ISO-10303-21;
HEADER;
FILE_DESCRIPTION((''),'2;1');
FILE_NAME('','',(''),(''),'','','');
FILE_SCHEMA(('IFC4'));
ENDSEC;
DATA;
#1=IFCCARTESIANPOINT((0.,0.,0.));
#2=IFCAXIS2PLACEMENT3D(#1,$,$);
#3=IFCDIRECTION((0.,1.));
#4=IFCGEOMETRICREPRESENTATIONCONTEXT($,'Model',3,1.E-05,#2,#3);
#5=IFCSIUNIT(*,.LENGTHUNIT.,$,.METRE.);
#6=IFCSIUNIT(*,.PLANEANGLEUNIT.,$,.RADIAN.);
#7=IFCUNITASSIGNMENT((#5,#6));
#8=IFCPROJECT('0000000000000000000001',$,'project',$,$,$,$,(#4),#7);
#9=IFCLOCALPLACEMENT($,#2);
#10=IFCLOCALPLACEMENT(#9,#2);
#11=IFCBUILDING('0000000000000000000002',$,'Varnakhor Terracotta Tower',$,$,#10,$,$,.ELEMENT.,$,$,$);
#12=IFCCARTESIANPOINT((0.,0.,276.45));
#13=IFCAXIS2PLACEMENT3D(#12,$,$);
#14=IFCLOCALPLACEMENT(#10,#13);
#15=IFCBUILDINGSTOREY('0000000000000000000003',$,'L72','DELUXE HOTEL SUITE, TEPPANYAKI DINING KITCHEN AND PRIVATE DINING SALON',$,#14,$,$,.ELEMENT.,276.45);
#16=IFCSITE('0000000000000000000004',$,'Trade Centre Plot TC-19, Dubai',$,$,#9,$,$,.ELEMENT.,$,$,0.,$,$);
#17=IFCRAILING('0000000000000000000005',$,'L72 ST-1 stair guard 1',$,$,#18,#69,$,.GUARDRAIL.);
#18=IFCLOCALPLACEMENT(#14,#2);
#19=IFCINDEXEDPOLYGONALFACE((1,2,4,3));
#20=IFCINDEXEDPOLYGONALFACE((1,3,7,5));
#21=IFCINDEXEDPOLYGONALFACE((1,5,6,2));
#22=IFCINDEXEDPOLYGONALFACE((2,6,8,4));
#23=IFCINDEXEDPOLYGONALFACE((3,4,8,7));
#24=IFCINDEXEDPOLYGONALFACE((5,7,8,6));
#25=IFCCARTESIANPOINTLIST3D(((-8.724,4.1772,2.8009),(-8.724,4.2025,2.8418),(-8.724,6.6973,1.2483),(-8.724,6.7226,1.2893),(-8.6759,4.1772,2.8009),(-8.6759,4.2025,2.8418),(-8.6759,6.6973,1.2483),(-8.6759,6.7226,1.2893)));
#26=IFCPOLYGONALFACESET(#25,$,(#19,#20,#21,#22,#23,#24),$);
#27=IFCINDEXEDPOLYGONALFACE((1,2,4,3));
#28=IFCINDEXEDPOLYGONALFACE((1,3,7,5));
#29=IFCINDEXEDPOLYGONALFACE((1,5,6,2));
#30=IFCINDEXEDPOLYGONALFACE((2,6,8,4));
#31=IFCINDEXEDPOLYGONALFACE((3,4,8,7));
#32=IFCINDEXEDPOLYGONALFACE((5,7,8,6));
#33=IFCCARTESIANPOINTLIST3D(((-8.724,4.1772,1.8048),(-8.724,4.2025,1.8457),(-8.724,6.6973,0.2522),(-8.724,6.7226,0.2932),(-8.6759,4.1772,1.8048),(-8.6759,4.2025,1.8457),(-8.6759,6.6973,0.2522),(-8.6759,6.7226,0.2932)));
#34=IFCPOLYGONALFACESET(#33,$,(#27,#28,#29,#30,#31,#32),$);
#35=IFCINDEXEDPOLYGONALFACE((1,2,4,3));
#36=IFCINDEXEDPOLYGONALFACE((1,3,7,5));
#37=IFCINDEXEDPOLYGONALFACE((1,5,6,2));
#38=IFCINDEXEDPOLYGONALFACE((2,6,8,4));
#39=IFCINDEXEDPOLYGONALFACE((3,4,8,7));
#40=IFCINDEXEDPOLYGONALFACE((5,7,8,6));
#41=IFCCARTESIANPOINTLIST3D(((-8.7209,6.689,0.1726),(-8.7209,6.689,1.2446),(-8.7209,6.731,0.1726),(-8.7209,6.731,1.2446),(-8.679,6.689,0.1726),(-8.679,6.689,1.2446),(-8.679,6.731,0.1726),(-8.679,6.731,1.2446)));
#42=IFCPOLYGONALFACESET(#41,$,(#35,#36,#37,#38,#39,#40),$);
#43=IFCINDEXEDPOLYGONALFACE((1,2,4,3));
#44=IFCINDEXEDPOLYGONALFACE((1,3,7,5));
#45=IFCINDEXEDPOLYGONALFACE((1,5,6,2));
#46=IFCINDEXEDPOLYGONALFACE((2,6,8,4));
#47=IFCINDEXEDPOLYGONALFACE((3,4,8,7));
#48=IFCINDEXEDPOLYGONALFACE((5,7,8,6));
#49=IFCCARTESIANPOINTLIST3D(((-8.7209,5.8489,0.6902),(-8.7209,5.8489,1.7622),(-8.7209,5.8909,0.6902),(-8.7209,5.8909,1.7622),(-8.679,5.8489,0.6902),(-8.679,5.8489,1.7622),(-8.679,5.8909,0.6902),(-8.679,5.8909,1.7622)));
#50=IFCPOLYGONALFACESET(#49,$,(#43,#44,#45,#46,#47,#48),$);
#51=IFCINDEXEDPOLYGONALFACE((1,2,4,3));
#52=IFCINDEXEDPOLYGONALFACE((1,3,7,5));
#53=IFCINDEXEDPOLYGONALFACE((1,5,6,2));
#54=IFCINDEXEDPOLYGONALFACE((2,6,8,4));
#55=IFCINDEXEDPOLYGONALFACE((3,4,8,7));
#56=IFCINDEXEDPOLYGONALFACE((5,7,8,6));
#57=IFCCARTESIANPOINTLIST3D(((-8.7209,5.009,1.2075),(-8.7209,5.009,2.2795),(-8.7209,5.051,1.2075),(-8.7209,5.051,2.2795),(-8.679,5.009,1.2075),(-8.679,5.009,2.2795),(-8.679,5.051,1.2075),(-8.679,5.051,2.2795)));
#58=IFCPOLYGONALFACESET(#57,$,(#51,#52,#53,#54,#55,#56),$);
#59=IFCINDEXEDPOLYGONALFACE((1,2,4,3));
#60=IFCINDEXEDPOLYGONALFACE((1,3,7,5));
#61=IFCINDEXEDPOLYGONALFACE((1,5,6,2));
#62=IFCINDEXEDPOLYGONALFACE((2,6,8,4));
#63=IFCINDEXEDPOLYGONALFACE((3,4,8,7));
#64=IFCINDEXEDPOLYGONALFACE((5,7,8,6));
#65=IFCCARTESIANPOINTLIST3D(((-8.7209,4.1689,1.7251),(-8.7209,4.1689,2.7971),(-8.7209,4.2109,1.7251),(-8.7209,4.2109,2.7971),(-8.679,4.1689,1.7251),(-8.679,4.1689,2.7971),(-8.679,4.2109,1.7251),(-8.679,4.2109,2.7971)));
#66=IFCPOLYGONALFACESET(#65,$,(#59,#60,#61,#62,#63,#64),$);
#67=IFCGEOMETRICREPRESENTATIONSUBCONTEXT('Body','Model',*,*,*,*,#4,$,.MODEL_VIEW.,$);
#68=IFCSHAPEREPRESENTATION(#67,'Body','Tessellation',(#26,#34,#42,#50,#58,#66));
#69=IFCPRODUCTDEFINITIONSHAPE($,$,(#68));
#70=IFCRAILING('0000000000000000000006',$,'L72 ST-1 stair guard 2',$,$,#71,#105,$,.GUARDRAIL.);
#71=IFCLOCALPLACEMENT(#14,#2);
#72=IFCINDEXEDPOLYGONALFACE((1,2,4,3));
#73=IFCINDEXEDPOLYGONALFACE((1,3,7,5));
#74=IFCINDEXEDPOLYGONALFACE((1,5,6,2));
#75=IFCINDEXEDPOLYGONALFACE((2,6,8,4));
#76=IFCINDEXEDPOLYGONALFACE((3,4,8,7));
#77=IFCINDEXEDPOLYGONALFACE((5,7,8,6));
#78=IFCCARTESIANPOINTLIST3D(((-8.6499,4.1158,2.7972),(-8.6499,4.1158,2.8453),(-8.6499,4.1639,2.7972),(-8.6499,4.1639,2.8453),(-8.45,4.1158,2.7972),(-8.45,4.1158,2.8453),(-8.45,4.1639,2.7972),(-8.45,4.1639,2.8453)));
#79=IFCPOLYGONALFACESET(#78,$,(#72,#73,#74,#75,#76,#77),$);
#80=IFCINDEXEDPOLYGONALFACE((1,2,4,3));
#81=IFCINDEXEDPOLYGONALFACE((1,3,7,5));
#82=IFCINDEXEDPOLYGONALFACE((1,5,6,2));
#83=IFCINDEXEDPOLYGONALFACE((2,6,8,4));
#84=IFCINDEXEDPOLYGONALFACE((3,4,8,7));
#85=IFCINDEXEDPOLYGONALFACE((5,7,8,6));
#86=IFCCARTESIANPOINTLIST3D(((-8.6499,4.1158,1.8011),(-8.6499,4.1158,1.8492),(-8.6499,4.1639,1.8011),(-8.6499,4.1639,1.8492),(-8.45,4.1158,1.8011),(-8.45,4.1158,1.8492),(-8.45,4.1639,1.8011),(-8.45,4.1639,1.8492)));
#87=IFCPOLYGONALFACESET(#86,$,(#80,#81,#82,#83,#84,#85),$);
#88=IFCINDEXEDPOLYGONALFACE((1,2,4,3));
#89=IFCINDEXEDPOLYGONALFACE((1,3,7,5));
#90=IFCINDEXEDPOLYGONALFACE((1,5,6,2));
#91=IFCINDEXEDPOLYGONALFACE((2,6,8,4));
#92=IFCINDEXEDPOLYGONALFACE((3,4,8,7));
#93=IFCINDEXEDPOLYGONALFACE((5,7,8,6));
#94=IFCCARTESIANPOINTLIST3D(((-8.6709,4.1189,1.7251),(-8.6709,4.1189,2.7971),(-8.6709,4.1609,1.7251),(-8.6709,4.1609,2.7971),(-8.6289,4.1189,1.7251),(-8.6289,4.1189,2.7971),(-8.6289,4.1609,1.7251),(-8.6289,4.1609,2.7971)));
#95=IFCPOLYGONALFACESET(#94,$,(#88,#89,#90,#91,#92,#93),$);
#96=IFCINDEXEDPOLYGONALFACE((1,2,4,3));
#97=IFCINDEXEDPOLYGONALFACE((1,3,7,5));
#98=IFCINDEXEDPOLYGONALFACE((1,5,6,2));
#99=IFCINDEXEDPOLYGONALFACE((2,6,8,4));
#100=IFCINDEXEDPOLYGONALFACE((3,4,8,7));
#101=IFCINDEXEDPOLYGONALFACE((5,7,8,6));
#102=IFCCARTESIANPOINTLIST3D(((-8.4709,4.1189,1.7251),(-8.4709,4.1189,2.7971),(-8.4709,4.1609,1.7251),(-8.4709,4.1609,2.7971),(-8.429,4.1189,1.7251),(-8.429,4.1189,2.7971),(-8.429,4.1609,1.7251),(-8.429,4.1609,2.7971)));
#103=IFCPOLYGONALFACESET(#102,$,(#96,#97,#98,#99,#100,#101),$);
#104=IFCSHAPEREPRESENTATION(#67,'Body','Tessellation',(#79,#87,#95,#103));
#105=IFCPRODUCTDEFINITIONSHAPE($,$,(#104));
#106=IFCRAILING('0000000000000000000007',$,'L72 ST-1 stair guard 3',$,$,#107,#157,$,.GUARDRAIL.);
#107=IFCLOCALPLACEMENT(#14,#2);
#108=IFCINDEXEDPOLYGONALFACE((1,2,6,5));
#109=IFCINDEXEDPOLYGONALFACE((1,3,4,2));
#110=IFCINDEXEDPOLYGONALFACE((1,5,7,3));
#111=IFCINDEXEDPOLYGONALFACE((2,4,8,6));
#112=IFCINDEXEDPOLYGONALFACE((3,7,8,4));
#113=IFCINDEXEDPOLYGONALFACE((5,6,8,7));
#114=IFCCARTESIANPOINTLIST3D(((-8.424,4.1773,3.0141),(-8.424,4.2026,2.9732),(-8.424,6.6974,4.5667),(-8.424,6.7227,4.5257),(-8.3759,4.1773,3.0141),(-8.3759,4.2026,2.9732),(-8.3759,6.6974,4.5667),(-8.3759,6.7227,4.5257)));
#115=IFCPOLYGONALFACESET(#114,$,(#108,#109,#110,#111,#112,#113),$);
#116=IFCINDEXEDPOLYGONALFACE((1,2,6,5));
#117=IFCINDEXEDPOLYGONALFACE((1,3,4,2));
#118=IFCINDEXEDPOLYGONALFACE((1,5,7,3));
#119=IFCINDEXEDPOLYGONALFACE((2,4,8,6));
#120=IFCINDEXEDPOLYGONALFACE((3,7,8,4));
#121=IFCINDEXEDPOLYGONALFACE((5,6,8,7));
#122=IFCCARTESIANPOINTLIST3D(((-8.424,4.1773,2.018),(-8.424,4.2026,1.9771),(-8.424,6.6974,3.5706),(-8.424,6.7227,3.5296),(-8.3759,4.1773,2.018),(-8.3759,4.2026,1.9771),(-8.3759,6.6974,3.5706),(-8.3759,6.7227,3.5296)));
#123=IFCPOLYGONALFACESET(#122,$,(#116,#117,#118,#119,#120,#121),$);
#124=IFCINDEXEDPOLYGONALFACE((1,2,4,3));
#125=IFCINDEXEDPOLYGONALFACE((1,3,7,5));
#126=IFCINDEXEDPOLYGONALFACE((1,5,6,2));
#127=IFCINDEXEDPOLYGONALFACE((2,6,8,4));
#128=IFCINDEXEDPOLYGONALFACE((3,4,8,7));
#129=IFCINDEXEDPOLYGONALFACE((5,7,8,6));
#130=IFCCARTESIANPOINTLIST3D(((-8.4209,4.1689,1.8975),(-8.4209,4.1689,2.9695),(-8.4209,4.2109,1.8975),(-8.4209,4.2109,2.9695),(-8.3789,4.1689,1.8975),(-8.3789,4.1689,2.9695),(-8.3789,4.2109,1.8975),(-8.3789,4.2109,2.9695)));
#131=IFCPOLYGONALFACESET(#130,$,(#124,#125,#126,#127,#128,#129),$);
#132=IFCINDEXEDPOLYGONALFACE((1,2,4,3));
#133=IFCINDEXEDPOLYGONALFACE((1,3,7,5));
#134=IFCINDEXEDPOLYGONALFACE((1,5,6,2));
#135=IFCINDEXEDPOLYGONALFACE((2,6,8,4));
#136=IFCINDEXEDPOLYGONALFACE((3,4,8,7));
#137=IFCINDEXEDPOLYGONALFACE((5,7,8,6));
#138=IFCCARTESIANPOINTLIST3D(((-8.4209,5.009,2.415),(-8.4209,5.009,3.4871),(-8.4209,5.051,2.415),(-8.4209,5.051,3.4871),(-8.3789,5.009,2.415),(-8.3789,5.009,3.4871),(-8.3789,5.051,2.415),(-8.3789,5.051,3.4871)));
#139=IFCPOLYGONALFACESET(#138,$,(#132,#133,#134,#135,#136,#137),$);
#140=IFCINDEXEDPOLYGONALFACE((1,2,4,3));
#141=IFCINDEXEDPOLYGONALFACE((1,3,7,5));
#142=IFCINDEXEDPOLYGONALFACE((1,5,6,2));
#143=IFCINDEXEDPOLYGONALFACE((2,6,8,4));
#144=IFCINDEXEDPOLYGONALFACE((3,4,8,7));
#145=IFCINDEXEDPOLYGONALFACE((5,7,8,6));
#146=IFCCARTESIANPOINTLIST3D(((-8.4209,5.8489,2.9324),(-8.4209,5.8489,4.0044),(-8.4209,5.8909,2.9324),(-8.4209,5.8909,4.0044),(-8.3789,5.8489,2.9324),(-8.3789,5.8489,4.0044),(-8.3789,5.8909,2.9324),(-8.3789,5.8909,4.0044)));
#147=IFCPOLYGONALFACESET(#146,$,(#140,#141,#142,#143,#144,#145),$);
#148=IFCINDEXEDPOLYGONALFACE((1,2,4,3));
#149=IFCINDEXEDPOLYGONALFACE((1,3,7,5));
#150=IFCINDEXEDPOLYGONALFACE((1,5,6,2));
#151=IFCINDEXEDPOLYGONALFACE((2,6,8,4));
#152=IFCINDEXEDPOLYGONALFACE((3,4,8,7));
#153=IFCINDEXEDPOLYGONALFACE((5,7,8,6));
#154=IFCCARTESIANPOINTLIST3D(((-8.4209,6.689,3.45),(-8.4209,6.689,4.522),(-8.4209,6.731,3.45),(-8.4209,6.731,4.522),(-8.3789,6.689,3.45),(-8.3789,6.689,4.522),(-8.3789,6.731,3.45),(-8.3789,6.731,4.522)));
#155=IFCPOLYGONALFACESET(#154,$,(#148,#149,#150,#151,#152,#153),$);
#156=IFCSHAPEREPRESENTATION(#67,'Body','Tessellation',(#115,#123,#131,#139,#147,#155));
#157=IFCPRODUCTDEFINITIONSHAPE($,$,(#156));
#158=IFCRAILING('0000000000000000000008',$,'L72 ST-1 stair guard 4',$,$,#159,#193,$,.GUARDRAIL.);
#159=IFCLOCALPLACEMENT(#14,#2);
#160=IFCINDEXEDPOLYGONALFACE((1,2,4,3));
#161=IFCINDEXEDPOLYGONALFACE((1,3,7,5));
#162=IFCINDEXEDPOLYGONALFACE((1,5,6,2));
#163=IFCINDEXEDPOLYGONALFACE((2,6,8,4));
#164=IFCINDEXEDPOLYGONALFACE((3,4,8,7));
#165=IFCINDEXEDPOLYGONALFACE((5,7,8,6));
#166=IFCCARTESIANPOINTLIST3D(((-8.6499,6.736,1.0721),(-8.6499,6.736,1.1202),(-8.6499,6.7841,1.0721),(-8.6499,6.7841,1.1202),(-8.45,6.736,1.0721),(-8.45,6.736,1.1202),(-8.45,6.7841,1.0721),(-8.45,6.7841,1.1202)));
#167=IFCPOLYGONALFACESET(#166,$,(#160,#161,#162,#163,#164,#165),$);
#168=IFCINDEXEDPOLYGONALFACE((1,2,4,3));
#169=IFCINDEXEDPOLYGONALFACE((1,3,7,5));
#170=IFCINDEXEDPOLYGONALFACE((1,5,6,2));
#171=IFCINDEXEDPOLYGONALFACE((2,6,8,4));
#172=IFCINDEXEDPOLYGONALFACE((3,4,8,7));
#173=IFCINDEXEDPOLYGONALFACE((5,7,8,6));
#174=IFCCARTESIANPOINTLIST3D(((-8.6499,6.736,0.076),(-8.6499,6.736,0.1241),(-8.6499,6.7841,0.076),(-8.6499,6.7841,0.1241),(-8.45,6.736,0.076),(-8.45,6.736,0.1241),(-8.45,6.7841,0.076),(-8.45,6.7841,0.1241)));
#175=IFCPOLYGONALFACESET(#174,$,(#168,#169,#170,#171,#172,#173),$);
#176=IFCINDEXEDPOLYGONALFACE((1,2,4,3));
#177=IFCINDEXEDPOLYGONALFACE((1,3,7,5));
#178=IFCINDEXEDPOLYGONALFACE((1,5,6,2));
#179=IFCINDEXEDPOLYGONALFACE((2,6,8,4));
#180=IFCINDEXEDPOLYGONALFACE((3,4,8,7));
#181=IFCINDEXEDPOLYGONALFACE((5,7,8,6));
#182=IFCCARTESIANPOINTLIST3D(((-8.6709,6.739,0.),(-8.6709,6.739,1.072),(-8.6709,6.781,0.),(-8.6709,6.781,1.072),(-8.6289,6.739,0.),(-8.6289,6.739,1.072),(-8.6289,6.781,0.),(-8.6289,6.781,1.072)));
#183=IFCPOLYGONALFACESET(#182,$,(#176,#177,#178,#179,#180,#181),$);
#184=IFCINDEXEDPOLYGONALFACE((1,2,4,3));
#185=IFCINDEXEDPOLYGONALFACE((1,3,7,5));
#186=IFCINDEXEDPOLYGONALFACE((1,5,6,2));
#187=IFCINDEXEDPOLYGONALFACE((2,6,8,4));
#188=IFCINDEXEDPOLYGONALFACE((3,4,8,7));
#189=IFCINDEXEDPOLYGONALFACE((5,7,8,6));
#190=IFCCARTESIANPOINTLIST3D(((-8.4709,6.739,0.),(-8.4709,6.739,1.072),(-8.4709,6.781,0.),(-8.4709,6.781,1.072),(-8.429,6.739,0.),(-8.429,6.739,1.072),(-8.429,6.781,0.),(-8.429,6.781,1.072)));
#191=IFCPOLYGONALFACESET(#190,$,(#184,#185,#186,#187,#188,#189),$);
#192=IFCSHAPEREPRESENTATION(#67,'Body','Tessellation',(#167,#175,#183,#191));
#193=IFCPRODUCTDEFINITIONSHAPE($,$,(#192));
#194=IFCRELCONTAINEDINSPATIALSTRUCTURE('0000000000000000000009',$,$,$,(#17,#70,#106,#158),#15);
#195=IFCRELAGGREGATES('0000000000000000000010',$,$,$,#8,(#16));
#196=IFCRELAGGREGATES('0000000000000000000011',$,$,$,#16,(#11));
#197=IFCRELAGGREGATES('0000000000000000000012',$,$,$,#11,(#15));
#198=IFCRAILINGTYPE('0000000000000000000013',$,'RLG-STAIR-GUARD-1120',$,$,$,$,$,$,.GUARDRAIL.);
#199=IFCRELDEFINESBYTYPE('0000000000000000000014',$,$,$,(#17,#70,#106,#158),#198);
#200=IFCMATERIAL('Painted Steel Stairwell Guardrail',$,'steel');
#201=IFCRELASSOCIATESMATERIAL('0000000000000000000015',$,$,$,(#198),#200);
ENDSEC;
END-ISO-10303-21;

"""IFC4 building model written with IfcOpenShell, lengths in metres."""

from ifc_helpers import new_model, si_unit, direction, frame, origin, origin_2d, place, context, subcontext, project, spatial, rectangle, extrude, material, type_object, element, save


model = new_model("IFC4")

# Units and contexts
model_context = context("Model", 3, precision=1e-05, world=origin(), true_north=direction((0.0, 1.0)))
body_context = subcontext(model_context, "Body", "Model", "MODEL_VIEW")
ifc_project = project(units=[si_unit("LENGTHUNIT", "METRE"), si_unit("PLANEANGLEUNIT", "RADIAN")], contexts=[model_context])

# Site, building, storey
site_placement = place(None, origin())
site = spatial("IfcSite", under=ifc_project, at=site_placement, Name="Trade Centre Plot TC-19, Dubai", CompositionType="ELEMENT", RefElevation=0.0)
building_placement = place(site_placement, origin())
building = spatial("IfcBuilding", under=site, at=building_placement, Name="Varnakhor Terracotta Tower", CompositionType="ELEMENT")
storey_placement = place(building_placement, frame((0.0, 0.0, 276.45)))
storey = spatial("IfcBuildingStorey", under=building, at=storey_placement, Name="L72", Description="DELUXE HOTEL SUITE, TEPPANYAKI DINING KITCHEN AND PRIVATE DINING SALON", CompositionType="ELEMENT", Elevation=276.45)

# Railings
ifc_material_1 = material(Name="Painted Steel Stairwell Guardrail", Category="steel")
railing_type_1 = type_object("IfcRailingType", Name="RLG-STAIR-GUARD-1120", PredefinedType="GUARDRAIL", material=ifc_material_1)
railing_1_placement = place(storey_placement, frame((-8.7, 6.71, 0.1726)))
element("IfcRailing", 1, at=railing_1_placement, inside=storey, type_object=railing_type_1, Name="L72 ST-1 stair guard 1", PredefinedType="GUARDRAIL", context=body_context, shape_type="SweptSolid", body=[
    extrude(rectangle(XDim=0.0481, YDim=0.0481, at=origin_2d()), frame((0.0, 0.0, 1.0962), z_axis=(0.0, -0.8514, 0.524516), x_axis=(1.0, 0.0, 0.0)), (0.0, 0.0, 1.0), 2.96),
    extrude(rectangle(XDim=0.0481, YDim=0.0481, at=origin_2d()), frame((0.0, 0.0, 0.1001), z_axis=(0.0, -0.8514, 0.524516), x_axis=(1.0, 0.0, 0.0)), (0.0, 0.0, 1.0), 2.96),
    extrude(rectangle(XDim=0.042, YDim=0.042, at=origin_2d()), origin(), (0.0, 0.0, 1.0), 1.072),
    extrude(rectangle(XDim=0.042, YDim=0.042, at=origin_2d()), frame((0.0, -0.8401, 0.5176)), (0.0, 0.0, 1.0), 1.072),
    extrude(rectangle(XDim=0.042, YDim=0.042, at=origin_2d()), frame((0.0, -1.6799, 1.0349)), (0.0, 0.0, 1.0), 1.072),
    extrude(rectangle(XDim=0.042, YDim=0.042, at=origin_2d()), frame((0.0, -2.52, 1.5525)), (0.0, 0.0, 1.0), 1.072),
])
railing_2_placement = place(storey_placement, frame((-8.6499, 4.1399, 1.7251)))
element("IfcRailing", 2, at=railing_2_placement, inside=storey, type_object=railing_type_1, Name="L72 ST-1 stair guard 2", PredefinedType="GUARDRAIL", context=body_context, shape_type="SweptSolid", body=[
    extrude(rectangle(XDim=0.0481, YDim=0.0481, at=origin_2d()), frame((0.0, 0.0, 1.0962), z_axis=(1.0, 0.0, 0.0), x_axis=(0.0, 1.0, 0.0)), (0.0, 0.0, 1.0), 0.2),
    extrude(rectangle(XDim=0.0481, YDim=0.0481, at=origin_2d()), frame((0.0, 0.0, 0.1001), z_axis=(1.0, 0.0, 0.0), x_axis=(0.0, 1.0, 0.0)), (0.0, 0.0, 1.0), 0.2),
    extrude(rectangle(XDim=0.042, YDim=0.042, at=origin_2d()), origin(), (0.0, 0.0, 1.0), 1.072),
    extrude(rectangle(XDim=0.042, YDim=0.042, at=origin_2d()), frame((0.2, 0.0, 0.0)), (0.0, 0.0, 1.0), 1.072),
])
railing_3_placement = place(storey_placement, frame((-8.3999, 4.1899, 1.8975)))
element("IfcRailing", 3, at=railing_3_placement, inside=storey, type_object=railing_type_1, Name="L72 ST-1 stair guard 3", PredefinedType="GUARDRAIL", context=body_context, shape_type="SweptSolid", body=[
    extrude(rectangle(XDim=0.0481, YDim=0.0481, at=origin_2d()), frame((0.0, 0.0, 1.0962), z_axis=(0.0, 0.8514, 0.524516), x_axis=(-1.0, 0.0, 0.0)), (0.0, 0.0, 1.0), 2.96),
    extrude(rectangle(XDim=0.0481, YDim=0.0481, at=origin_2d()), frame((0.0, 0.0, 0.1001), z_axis=(0.0, 0.8514, 0.524516), x_axis=(-1.0, 0.0, 0.0)), (0.0, 0.0, 1.0), 2.96),
    extrude(rectangle(XDim=0.042, YDim=0.042, at=origin_2d()), origin(), (0.0, 0.0, 1.0), 1.072),
    extrude(rectangle(XDim=0.042, YDim=0.042, at=origin_2d()), frame((0.0, 0.8401, 0.5176)), (0.0, 0.0, 1.0), 1.072),
    extrude(rectangle(XDim=0.042, YDim=0.042, at=origin_2d()), frame((0.0, 1.6799, 1.0349)), (0.0, 0.0, 1.0), 1.072),
    extrude(rectangle(XDim=0.042, YDim=0.042, at=origin_2d()), frame((0.0, 2.52, 1.5525)), (0.0, 0.0, 1.0), 1.072),
])
railing_4_placement = place(storey_placement, frame((-8.6499, 6.76, 0.0)))
element("IfcRailing", 4, at=railing_4_placement, inside=storey, type_object=railing_type_1, Name="L72 ST-1 stair guard 4", PredefinedType="GUARDRAIL", context=body_context, shape_type="SweptSolid", body=[
    extrude(rectangle(XDim=0.0481, YDim=0.0481, at=origin_2d()), frame((0.0, 0.0, 1.0962), z_axis=(1.0, 0.0, 0.0), x_axis=(0.0, 1.0, 0.0)), (0.0, 0.0, 1.0), 0.2),
    extrude(rectangle(XDim=0.0481, YDim=0.0481, at=origin_2d()), frame((0.0, 0.0, 0.1001), z_axis=(1.0, 0.0, 0.0), x_axis=(0.0, 1.0, 0.0)), (0.0, 0.0, 1.0), 0.2),
    extrude(rectangle(XDim=0.042, YDim=0.042, at=origin_2d()), origin(), (0.0, 0.0, 1.0), 1.072),
    extrude(rectangle(XDim=0.042, YDim=0.042, at=origin_2d()), frame((0.2, 0.0, 0.0)), (0.0, 0.0, 1.0), 1.072),
])

save(model, "model.ifc")
